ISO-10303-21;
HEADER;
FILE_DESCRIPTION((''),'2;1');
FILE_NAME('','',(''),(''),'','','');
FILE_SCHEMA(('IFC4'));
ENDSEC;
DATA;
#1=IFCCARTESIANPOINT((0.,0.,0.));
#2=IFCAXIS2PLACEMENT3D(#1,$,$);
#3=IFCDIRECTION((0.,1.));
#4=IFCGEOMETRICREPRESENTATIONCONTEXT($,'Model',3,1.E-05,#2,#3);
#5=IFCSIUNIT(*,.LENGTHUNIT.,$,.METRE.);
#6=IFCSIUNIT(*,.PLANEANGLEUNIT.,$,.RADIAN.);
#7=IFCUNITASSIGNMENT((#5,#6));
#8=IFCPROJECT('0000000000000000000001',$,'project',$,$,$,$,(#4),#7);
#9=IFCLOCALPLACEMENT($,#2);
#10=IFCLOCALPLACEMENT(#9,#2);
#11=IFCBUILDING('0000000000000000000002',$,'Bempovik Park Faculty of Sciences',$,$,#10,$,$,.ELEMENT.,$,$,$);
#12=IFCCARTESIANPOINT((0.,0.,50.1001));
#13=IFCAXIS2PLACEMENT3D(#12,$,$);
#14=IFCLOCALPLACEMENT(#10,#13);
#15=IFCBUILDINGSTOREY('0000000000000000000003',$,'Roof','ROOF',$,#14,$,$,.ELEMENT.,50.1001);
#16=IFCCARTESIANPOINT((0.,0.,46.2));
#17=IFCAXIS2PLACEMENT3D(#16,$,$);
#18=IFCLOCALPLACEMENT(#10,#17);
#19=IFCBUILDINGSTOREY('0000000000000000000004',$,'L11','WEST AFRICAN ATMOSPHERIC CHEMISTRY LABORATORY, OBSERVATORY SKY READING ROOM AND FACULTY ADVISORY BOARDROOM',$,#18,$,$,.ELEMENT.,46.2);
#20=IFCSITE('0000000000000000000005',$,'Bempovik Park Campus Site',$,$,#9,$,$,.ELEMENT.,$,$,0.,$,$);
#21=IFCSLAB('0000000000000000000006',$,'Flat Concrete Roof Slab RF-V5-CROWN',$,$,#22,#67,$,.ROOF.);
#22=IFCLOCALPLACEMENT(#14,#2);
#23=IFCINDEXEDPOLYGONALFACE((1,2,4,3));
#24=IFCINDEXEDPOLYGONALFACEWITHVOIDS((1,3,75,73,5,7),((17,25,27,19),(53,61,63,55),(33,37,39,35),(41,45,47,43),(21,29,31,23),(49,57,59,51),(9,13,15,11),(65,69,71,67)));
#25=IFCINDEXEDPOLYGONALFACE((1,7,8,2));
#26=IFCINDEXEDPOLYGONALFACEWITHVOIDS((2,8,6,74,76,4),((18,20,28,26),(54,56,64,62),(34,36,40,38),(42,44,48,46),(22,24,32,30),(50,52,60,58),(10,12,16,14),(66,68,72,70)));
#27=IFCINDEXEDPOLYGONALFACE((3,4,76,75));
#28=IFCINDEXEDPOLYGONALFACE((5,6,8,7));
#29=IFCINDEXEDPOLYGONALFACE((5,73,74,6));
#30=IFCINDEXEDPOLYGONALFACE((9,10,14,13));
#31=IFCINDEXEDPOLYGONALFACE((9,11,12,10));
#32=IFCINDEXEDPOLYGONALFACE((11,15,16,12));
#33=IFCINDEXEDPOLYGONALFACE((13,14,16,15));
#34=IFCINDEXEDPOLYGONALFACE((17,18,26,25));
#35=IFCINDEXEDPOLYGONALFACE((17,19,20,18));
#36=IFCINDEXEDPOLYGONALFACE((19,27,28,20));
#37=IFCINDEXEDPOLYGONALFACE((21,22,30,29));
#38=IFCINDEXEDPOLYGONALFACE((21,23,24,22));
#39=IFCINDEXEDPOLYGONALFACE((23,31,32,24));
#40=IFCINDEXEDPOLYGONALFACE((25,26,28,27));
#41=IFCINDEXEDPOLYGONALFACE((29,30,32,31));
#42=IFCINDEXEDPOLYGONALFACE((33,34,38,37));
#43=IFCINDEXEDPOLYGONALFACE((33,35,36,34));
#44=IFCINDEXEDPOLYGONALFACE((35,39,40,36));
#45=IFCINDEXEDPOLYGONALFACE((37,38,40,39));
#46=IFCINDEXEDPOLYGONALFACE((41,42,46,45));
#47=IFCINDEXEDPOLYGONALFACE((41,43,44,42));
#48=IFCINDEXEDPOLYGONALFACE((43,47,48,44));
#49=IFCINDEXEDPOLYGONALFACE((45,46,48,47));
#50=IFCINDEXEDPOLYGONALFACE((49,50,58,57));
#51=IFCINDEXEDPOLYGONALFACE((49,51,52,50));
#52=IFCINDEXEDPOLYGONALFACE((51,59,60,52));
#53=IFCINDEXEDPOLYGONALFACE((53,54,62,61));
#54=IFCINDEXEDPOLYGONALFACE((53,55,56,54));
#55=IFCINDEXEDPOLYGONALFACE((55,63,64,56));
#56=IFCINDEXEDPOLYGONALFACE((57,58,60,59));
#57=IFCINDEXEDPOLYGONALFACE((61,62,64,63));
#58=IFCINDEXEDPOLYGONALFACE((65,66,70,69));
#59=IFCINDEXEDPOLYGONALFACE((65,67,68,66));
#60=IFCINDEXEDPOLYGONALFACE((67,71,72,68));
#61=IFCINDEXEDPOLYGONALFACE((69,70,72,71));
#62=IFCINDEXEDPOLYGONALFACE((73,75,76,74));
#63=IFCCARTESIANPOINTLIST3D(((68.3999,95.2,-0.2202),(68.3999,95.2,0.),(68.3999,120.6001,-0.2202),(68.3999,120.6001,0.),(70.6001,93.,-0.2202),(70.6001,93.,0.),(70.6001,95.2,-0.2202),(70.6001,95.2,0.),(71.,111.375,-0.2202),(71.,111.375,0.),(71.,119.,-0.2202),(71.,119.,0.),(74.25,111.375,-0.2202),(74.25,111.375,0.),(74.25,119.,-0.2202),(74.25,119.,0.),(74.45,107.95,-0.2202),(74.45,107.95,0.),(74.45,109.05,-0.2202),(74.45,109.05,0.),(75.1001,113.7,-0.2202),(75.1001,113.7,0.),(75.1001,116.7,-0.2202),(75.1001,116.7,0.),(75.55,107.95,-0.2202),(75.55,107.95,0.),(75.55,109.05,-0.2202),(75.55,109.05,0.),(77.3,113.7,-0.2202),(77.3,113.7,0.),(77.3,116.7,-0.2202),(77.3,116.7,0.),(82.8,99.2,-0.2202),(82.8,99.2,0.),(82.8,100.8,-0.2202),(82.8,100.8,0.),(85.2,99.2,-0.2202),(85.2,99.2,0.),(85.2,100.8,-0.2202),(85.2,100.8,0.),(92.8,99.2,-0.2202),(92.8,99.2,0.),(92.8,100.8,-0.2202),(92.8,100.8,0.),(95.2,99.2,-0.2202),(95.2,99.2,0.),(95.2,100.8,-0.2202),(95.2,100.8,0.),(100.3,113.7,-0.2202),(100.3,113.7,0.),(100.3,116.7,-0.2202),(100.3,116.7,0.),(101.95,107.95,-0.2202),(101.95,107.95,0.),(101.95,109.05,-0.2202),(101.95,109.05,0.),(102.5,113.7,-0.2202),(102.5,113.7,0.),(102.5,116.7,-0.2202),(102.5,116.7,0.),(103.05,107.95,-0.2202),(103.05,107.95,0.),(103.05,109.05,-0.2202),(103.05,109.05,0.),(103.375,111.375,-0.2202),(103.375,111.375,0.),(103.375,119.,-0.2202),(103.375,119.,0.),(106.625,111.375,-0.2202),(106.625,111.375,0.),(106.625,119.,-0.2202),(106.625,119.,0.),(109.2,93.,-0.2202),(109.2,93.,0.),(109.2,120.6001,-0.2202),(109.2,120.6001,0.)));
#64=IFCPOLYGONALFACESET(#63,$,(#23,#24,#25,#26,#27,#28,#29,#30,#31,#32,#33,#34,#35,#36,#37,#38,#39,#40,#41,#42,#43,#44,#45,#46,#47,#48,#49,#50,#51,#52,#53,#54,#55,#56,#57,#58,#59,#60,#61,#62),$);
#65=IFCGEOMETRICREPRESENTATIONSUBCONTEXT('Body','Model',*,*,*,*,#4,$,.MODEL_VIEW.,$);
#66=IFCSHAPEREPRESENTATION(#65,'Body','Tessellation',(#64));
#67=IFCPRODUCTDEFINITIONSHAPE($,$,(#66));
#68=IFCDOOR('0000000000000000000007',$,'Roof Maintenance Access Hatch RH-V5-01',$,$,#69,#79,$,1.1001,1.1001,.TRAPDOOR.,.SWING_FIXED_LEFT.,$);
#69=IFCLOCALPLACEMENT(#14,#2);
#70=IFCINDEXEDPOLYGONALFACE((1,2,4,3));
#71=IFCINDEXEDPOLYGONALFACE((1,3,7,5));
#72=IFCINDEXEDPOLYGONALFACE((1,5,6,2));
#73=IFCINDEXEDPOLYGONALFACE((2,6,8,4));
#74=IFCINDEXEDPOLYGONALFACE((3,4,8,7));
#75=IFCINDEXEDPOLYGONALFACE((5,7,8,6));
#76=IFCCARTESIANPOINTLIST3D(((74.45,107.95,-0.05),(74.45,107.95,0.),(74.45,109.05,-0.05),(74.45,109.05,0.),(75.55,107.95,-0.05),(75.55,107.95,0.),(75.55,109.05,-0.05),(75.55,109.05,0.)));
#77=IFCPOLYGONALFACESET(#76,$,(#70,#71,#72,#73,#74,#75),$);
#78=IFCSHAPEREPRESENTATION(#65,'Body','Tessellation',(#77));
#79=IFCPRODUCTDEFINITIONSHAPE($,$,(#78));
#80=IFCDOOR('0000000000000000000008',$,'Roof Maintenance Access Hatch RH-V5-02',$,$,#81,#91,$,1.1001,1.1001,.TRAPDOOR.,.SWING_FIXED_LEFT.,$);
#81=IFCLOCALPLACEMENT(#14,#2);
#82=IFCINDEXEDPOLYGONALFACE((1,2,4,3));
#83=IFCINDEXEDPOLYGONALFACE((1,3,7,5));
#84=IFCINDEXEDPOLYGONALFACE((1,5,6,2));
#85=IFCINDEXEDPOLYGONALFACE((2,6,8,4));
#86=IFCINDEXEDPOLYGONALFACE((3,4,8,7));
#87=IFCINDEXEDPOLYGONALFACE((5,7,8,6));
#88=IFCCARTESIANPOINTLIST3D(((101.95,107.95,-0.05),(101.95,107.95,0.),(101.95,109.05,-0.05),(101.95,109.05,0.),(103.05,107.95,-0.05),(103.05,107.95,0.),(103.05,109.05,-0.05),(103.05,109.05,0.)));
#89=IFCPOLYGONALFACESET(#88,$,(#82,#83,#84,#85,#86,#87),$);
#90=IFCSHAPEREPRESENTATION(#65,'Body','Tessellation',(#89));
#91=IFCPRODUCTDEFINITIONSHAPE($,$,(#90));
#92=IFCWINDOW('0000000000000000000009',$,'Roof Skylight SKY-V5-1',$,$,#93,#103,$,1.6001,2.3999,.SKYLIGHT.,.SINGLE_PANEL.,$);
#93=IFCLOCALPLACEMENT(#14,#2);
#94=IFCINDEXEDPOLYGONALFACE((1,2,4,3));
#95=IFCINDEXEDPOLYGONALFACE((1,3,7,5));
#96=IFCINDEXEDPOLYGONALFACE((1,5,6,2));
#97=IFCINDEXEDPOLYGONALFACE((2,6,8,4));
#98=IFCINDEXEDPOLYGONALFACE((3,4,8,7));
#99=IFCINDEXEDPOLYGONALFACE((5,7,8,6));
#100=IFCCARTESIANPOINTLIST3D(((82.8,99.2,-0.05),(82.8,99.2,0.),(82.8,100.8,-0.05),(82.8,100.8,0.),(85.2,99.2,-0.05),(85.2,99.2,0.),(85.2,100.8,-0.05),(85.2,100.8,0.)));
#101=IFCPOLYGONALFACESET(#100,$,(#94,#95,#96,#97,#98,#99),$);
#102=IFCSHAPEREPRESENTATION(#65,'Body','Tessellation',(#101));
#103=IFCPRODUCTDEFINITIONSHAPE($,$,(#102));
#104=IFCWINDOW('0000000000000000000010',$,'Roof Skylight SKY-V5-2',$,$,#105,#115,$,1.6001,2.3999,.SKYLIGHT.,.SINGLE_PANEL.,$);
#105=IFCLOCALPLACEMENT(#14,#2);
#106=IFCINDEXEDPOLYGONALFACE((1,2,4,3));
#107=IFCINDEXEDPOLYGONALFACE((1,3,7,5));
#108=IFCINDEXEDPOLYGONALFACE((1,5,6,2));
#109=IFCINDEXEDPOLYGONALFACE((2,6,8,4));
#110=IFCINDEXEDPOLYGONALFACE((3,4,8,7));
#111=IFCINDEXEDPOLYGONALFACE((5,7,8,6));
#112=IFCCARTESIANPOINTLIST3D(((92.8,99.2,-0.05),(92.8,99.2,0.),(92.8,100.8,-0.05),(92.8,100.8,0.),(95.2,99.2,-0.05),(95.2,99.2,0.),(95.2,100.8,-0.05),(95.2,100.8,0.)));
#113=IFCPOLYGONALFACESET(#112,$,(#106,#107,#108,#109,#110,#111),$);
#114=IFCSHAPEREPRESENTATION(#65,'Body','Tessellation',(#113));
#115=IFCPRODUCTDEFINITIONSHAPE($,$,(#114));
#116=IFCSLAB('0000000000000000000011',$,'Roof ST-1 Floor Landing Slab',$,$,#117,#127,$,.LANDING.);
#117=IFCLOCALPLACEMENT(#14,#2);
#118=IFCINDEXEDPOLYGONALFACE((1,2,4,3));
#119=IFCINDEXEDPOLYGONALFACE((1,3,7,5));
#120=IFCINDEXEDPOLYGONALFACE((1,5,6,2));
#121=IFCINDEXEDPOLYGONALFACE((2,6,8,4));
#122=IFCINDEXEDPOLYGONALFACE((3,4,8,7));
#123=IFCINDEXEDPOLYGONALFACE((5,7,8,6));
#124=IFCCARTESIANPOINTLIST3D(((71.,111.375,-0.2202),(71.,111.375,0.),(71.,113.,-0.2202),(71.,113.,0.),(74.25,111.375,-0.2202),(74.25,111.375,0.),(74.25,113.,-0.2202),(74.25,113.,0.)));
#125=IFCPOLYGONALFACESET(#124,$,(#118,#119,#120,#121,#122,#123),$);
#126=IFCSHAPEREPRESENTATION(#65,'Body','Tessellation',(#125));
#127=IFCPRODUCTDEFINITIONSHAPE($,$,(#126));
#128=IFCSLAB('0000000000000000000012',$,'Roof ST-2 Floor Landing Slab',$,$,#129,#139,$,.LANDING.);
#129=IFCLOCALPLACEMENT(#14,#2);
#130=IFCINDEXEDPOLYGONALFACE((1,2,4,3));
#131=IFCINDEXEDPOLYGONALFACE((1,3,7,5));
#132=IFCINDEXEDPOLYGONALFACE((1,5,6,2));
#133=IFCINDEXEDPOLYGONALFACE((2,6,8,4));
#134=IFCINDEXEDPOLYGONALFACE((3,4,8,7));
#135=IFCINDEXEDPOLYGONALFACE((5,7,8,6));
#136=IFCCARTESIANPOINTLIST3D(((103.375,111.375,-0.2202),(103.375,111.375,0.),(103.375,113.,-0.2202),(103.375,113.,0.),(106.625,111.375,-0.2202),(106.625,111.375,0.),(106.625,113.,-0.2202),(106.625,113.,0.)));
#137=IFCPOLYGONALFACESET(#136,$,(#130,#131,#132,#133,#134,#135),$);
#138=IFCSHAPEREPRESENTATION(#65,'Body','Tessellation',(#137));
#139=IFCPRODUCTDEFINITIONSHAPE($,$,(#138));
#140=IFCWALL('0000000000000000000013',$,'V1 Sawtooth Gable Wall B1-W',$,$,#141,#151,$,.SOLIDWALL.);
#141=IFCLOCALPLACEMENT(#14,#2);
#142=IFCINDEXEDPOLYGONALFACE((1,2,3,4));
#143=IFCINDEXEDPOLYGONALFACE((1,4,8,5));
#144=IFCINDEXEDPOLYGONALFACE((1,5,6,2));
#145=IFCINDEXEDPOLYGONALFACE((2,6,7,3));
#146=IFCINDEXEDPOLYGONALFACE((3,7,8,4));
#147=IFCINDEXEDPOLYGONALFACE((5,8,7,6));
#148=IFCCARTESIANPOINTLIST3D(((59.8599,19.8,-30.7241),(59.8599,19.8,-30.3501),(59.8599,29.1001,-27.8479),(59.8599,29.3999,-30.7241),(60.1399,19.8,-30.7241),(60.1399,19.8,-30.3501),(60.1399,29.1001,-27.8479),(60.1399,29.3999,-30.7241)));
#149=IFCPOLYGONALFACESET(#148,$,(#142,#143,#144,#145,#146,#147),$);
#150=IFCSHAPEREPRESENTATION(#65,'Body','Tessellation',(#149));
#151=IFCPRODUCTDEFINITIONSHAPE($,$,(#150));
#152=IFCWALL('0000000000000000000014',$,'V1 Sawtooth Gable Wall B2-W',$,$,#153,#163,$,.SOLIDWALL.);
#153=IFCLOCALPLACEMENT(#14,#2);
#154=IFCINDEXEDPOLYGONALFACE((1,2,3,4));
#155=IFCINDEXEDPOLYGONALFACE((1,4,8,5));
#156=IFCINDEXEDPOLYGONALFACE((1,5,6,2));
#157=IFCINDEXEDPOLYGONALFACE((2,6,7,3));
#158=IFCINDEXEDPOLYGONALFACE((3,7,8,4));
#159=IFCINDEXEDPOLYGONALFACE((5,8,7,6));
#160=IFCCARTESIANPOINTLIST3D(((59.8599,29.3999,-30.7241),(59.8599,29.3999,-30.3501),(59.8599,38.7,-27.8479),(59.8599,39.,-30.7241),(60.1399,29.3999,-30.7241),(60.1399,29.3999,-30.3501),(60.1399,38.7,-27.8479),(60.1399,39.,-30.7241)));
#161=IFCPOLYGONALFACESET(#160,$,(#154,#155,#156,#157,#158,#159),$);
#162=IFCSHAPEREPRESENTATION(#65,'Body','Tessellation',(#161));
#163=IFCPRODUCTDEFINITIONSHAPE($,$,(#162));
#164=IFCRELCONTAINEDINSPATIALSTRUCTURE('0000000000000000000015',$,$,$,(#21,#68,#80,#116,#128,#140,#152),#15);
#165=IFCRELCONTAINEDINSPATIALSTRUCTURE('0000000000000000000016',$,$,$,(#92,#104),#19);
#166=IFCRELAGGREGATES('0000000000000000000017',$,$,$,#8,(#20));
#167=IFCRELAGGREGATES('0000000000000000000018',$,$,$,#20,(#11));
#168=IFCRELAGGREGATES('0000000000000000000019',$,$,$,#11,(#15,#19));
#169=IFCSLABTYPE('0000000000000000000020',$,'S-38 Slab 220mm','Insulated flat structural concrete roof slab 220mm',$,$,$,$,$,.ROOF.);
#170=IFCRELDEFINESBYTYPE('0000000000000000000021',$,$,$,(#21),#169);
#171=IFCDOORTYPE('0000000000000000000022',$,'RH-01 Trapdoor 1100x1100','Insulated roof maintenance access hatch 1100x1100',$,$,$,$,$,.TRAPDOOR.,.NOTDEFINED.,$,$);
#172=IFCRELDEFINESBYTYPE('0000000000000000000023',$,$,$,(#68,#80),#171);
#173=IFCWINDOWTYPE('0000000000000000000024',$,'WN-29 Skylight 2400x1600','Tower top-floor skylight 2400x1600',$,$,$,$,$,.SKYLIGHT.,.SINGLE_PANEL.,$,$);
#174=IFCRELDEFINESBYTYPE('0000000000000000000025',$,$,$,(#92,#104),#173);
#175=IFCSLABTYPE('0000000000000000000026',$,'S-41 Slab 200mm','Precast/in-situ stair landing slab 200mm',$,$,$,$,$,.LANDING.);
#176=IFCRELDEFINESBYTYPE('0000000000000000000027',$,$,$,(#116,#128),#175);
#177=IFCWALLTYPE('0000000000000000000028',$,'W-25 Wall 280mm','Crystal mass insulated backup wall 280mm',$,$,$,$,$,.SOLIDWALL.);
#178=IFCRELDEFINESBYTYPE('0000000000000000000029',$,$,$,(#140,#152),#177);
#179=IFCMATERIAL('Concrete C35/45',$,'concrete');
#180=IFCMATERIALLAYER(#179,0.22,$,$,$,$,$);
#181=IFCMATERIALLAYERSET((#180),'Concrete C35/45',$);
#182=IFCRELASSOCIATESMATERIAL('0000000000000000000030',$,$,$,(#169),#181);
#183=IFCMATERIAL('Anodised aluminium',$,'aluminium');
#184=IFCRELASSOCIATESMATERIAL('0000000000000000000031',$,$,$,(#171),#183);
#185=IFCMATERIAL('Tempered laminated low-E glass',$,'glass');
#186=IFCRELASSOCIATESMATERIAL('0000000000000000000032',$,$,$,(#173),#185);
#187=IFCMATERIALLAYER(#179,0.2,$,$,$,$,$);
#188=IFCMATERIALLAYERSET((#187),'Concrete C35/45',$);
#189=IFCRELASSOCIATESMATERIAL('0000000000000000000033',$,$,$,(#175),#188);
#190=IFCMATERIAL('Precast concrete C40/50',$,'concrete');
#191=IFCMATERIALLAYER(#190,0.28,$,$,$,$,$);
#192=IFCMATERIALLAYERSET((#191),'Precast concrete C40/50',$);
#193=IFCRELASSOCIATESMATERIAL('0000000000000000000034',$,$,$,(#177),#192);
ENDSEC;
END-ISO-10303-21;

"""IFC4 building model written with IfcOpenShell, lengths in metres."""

from ifc_helpers import new_model, si_unit, direction, frame, origin, origin_2d, place, context, subcontext, project, spatial, polyline, rectangle, outline, extrude, material, layer, layer_set, type_object, element, fill, save


model = new_model("IFC4")

# Units and contexts
model_context = context("Model", 3, precision=1e-05, world=origin(), true_north=direction((0.0, 1.0)))
body_context = subcontext(model_context, "Body", "Model", "MODEL_VIEW")
ifc_project = project(units=[si_unit("LENGTHUNIT", "METRE"), si_unit("PLANEANGLEUNIT", "RADIAN")], contexts=[model_context])

# Site, building, storey
site_placement = place(None, origin())
site = spatial("IfcSite", under=ifc_project, at=site_placement, Name="Bempovik Park Campus Site", CompositionType="ELEMENT", RefElevation=0.0)
building_placement = place(site_placement, origin())
building = spatial("IfcBuilding", under=site, at=building_placement, Name="Bempovik Park Faculty of Sciences", CompositionType="ELEMENT")
storey_1_placement = place(building_placement, frame((0.0, 0.0, 50.1001)))
storey_1 = spatial("IfcBuildingStorey", under=building, at=storey_1_placement, Name="Roof", Description="ROOF", CompositionType="ELEMENT", Elevation=50.1001)

# Shared definitions
ifc_material_1 = material(Name="Tempered laminated low-E glass", Category="glass")
ifc_material_2 = material(Name="Anodised aluminium", Category="aluminium")

# Shared definitions
ifc_material_3 = material(Name="Concrete C35/45", Category="concrete")

# Slab, openings, doors
ifc_layer_1 = layer(ifc_material_3, 0.22)
ifc_layer_set_1 = layer_set([ifc_layer_1], Name="Concrete C35/45")
slab_type_1 = type_object("IfcSlabType", Name="S-38 Slab 220mm", Description="Insulated flat structural concrete roof slab 220mm", PredefinedType="ROOF", material=ifc_layer_set_1)
slab_1_placement = place(storey_1_placement, frame((0.0, 0.0, -0.2202)))
slab_1 = element("IfcSlab", 1, at=slab_1_placement, inside=storey_1, type_object=slab_type_1, Name="Flat Concrete Roof Slab RF-V5-CROWN", PredefinedType="ROOF", context=body_context, shape_type="SweptSolid", body=[
    extrude(outline(polyline([(70.6001, 93.0), (109.2, 93.0), (109.2, 120.6001), (68.3999, 120.6001), (68.3999, 95.2), (70.6001, 95.2), (70.6001, 93.0)]), holes=[polyline([(71.0, 111.375), (74.25, 111.375), (74.25, 119.0), (71.0, 119.0), (71.0, 111.375)]), polyline([(103.375, 111.375), (106.625, 111.375), (106.625, 119.0), (103.375, 119.0), (103.375, 111.375)]), polyline([(75.1001, 113.7), (77.3, 113.7), (77.3, 116.7), (75.1001, 116.7), (75.1001, 113.7)]), polyline([(100.3, 113.7), (102.5, 113.7), (102.5, 116.7), (100.3, 116.7), (100.3, 113.7)]), polyline([(74.49, 107.99), (75.51, 107.99), (75.51, 109.01), (74.49, 109.01), (74.49, 107.99)]), polyline([(101.99, 107.99), (103.01, 107.99), (103.01, 109.01), (101.99, 109.01), (101.99, 107.99)])]), origin(), (0.0, 0.0, 1.0), 0.2202),
])
opening_1_placement = place(slab_1_placement, frame((84.0, 100.0, -0.01)))
opening_1 = element("IfcOpeningElement", 2, at=opening_1_placement, cuts=slab_1, PredefinedType="OPENING", context=body_context, shape_type="SweptSolid", body=[
    extrude(rectangle(XDim=2.3999, YDim=1.6001, at=origin_2d()), origin(), (0.0, 0.0, 1.0), 0.2402),
])
opening_2_placement = place(slab_1_placement, frame((94.0, 100.0, -0.01)))
opening_2 = element("IfcOpeningElement", 3, at=opening_2_placement, cuts=slab_1, PredefinedType="OPENING", context=body_context, shape_type="SweptSolid", body=[
    extrude(rectangle(XDim=2.3999, YDim=1.6001, at=origin_2d()), origin(), (0.0, 0.0, 1.0), 0.2402),
])
opening_3_placement = place(slab_1_placement, frame((75.0, 108.5, -0.01)))
opening_3 = element("IfcOpeningElement", 4, at=opening_3_placement, cuts=slab_1, PredefinedType="OPENING", context=body_context, shape_type="SweptSolid", body=[
    extrude(rectangle(XDim=1.1001, YDim=1.1001, at=origin_2d()), origin(), (0.0, 0.0, 1.0), 0.2402),
])
opening_4_placement = place(slab_1_placement, frame((102.5, 108.5, -0.01)))
opening_4 = element("IfcOpeningElement", 5, at=opening_4_placement, cuts=slab_1, PredefinedType="OPENING", context=body_context, shape_type="SweptSolid", body=[
    extrude(rectangle(XDim=1.1001, YDim=1.1001, at=origin_2d()), origin(), (0.0, 0.0, 1.0), 0.2402),
])
door_type = type_object("IfcDoorType", Name="RH-01 Trapdoor 1100x1100", Description="Insulated roof maintenance access hatch 1100x1100", OperationType="NOTDEFINED", PredefinedType="TRAPDOOR", material=ifc_material_2)
door_1_placement = place(slab_1_placement, frame((75.0, 108.5, 0.1702)))
door_1 = element("IfcDoor", 6, at=door_1_placement, inside=storey_1, type_object=door_type, Name="Roof Maintenance Access Hatch RH-V5-01", OperationType="SWING_FIXED_LEFT", OverallHeight=1.1001, OverallWidth=1.1001, PredefinedType="TRAPDOOR", context=body_context, shape_type="SweptSolid", body=[
    extrude(rectangle(XDim=1.1001, YDim=1.1001, at=origin_2d()), origin(), (0.0, 0.0, 1.0), 0.05),
])
fill(opening_3, door_1)
door_2_placement = place(slab_1_placement, frame((102.5, 108.5, 0.1702)))
door_2 = element("IfcDoor", 7, at=door_2_placement, inside=storey_1, type_object=door_type, Name="Roof Maintenance Access Hatch RH-V5-02", OperationType="SWING_FIXED_LEFT", OverallHeight=1.1001, OverallWidth=1.1001, PredefinedType="TRAPDOOR", context=body_context, shape_type="SweptSolid", body=[
    extrude(rectangle(XDim=1.1001, YDim=1.1001, at=origin_2d()), origin(), (0.0, 0.0, 1.0), 0.05),
])
fill(opening_4, door_2)

# Shared definitions
storey_2_placement = place(building_placement, frame((0.0, 0.0, 46.2)))
storey_2 = spatial("IfcBuildingStorey", under=building, at=storey_2_placement, Name="L11", Description="WEST AFRICAN ATMOSPHERIC CHEMISTRY LABORATORY, OBSERVATORY SKY READING ROOM AND FACULTY ADVISORY BOARDROOM", CompositionType="ELEMENT", Elevation=46.2)

# Windows
window_type = type_object("IfcWindowType", Name="WN-29 Skylight 2400x1600", Description="Tower top-floor skylight 2400x1600", PartitioningType="SINGLE_PANEL", PredefinedType="SKYLIGHT", material=ifc_material_1)
window_1_placement = place(slab_1_placement, frame((84.0, 100.0, 0.1702)))
window_1 = element("IfcWindow", 8, at=window_1_placement, inside=storey_2, type_object=window_type, Name="Roof Skylight SKY-V5-1", OverallHeight=1.6001, OverallWidth=2.3999, PartitioningType="SINGLE_PANEL", PredefinedType="SKYLIGHT", context=body_context, shape_type="SweptSolid", body=[
    extrude(rectangle(XDim=2.3999, YDim=1.6001, at=origin_2d()), origin(), (0.0, 0.0, 1.0), 0.05),
])
fill(opening_1, window_1)
window_2_placement = place(slab_1_placement, frame((94.0, 100.0, 0.1702)))
window_2 = element("IfcWindow", 9, at=window_2_placement, inside=storey_2, type_object=window_type, Name="Roof Skylight SKY-V5-2", OverallHeight=1.6001, OverallWidth=2.3999, PartitioningType="SINGLE_PANEL", PredefinedType="SKYLIGHT", context=body_context, shape_type="SweptSolid", body=[
    extrude(rectangle(XDim=2.3999, YDim=1.6001, at=origin_2d()), origin(), (0.0, 0.0, 1.0), 0.05),
])
fill(opening_2, window_2)

# Slabs
ifc_layer_2 = layer(ifc_material_3, 0.2)
ifc_layer_set_2 = layer_set([ifc_layer_2], Name="Concrete C35/45")
slab_type_2 = type_object("IfcSlabType", Name="S-41 Slab 200mm", Description="Precast/in-situ stair landing slab 200mm", PredefinedType="LANDING", material=ifc_layer_set_2)
slab_2_placement = place(storey_1_placement, frame((0.0, 0.0, -0.2202)))
element("IfcSlab", 10, at=slab_2_placement, inside=storey_1, type_object=slab_type_2, Name="Roof ST-1 Floor Landing Slab", PredefinedType="LANDING", context=body_context, shape_type="SweptSolid", body=[
    extrude(outline(polyline([(74.25, 111.375), (74.25, 113.0), (71.0, 113.0), (71.0, 111.375), (74.25, 111.375)])), origin(), (0.0, 0.0, 1.0), 0.2202),
])
slab_3_placement = place(storey_1_placement, frame((0.0, 0.0, -0.2202)))
element("IfcSlab", 11, at=slab_3_placement, inside=storey_1, type_object=slab_type_2, Name="Roof ST-2 Floor Landing Slab", PredefinedType="LANDING", context=body_context, shape_type="SweptSolid", body=[
    extrude(outline(polyline([(106.625, 111.375), (106.625, 113.0), (103.375, 113.0), (103.375, 111.375), (106.625, 111.375)])), origin(), (0.0, 0.0, 1.0), 0.2202),
])

# Walls
ifc_material_4 = material(Name="Precast concrete C40/50", Category="concrete")
ifc_layer_3 = layer(ifc_material_4, 0.28)
ifc_layer_set_3 = layer_set([ifc_layer_3], Name="Precast concrete C40/50")
wall_type = type_object("IfcWallType", Name="W-25 Wall 280mm", Description="Crystal mass insulated backup wall 280mm", PredefinedType="SOLIDWALL", material=ifc_layer_set_3)
wall_1_placement = place(storey_1_placement, frame((60.0, 19.8, -30.7241), z_axis=(0.0, 0.0, 1.0), x_axis=(0.0, 1.0, 0.0)))
element("IfcWall", 12, at=wall_1_placement, inside=storey_1, type_object=wall_type, Name="V1 Sawtooth Gable Wall B1-W", PredefinedType="SOLIDWALL", context=body_context, shape_type="SweptSolid", body=[
    extrude(outline(polyline([(0.0, 0.0), (9.5999, 0.0), (9.3, 2.8762), (0.0, 0.374), (0.0, 0.0)])), frame((0.0, 0.1401, 0.0), z_axis=(0.0, -1.0, 0.0), x_axis=(1.0, 0.0, 0.0)), (0.0, 0.0, 1.0), 0.28),
])
wall_2_placement = place(storey_1_placement, frame((60.0, 29.3999, -30.7241), z_axis=(0.0, 0.0, 1.0), x_axis=(0.0, 1.0, 0.0)))
element("IfcWall", 13, at=wall_2_placement, inside=storey_1, type_object=wall_type, Name="V1 Sawtooth Gable Wall B2-W", PredefinedType="SOLIDWALL", context=body_context, shape_type="SweptSolid", body=[
    extrude(outline(polyline([(0.0, 0.0), (9.6001, 0.0), (9.3, 2.8762), (0.0, 0.374), (0.0, 0.0)])), frame((0.0, 0.1401, 0.0), z_axis=(0.0, -1.0, 0.0), x_axis=(1.0, 0.0, 0.0)), (0.0, 0.0, 1.0), 0.28),
])

save(model, "model.ifc")
